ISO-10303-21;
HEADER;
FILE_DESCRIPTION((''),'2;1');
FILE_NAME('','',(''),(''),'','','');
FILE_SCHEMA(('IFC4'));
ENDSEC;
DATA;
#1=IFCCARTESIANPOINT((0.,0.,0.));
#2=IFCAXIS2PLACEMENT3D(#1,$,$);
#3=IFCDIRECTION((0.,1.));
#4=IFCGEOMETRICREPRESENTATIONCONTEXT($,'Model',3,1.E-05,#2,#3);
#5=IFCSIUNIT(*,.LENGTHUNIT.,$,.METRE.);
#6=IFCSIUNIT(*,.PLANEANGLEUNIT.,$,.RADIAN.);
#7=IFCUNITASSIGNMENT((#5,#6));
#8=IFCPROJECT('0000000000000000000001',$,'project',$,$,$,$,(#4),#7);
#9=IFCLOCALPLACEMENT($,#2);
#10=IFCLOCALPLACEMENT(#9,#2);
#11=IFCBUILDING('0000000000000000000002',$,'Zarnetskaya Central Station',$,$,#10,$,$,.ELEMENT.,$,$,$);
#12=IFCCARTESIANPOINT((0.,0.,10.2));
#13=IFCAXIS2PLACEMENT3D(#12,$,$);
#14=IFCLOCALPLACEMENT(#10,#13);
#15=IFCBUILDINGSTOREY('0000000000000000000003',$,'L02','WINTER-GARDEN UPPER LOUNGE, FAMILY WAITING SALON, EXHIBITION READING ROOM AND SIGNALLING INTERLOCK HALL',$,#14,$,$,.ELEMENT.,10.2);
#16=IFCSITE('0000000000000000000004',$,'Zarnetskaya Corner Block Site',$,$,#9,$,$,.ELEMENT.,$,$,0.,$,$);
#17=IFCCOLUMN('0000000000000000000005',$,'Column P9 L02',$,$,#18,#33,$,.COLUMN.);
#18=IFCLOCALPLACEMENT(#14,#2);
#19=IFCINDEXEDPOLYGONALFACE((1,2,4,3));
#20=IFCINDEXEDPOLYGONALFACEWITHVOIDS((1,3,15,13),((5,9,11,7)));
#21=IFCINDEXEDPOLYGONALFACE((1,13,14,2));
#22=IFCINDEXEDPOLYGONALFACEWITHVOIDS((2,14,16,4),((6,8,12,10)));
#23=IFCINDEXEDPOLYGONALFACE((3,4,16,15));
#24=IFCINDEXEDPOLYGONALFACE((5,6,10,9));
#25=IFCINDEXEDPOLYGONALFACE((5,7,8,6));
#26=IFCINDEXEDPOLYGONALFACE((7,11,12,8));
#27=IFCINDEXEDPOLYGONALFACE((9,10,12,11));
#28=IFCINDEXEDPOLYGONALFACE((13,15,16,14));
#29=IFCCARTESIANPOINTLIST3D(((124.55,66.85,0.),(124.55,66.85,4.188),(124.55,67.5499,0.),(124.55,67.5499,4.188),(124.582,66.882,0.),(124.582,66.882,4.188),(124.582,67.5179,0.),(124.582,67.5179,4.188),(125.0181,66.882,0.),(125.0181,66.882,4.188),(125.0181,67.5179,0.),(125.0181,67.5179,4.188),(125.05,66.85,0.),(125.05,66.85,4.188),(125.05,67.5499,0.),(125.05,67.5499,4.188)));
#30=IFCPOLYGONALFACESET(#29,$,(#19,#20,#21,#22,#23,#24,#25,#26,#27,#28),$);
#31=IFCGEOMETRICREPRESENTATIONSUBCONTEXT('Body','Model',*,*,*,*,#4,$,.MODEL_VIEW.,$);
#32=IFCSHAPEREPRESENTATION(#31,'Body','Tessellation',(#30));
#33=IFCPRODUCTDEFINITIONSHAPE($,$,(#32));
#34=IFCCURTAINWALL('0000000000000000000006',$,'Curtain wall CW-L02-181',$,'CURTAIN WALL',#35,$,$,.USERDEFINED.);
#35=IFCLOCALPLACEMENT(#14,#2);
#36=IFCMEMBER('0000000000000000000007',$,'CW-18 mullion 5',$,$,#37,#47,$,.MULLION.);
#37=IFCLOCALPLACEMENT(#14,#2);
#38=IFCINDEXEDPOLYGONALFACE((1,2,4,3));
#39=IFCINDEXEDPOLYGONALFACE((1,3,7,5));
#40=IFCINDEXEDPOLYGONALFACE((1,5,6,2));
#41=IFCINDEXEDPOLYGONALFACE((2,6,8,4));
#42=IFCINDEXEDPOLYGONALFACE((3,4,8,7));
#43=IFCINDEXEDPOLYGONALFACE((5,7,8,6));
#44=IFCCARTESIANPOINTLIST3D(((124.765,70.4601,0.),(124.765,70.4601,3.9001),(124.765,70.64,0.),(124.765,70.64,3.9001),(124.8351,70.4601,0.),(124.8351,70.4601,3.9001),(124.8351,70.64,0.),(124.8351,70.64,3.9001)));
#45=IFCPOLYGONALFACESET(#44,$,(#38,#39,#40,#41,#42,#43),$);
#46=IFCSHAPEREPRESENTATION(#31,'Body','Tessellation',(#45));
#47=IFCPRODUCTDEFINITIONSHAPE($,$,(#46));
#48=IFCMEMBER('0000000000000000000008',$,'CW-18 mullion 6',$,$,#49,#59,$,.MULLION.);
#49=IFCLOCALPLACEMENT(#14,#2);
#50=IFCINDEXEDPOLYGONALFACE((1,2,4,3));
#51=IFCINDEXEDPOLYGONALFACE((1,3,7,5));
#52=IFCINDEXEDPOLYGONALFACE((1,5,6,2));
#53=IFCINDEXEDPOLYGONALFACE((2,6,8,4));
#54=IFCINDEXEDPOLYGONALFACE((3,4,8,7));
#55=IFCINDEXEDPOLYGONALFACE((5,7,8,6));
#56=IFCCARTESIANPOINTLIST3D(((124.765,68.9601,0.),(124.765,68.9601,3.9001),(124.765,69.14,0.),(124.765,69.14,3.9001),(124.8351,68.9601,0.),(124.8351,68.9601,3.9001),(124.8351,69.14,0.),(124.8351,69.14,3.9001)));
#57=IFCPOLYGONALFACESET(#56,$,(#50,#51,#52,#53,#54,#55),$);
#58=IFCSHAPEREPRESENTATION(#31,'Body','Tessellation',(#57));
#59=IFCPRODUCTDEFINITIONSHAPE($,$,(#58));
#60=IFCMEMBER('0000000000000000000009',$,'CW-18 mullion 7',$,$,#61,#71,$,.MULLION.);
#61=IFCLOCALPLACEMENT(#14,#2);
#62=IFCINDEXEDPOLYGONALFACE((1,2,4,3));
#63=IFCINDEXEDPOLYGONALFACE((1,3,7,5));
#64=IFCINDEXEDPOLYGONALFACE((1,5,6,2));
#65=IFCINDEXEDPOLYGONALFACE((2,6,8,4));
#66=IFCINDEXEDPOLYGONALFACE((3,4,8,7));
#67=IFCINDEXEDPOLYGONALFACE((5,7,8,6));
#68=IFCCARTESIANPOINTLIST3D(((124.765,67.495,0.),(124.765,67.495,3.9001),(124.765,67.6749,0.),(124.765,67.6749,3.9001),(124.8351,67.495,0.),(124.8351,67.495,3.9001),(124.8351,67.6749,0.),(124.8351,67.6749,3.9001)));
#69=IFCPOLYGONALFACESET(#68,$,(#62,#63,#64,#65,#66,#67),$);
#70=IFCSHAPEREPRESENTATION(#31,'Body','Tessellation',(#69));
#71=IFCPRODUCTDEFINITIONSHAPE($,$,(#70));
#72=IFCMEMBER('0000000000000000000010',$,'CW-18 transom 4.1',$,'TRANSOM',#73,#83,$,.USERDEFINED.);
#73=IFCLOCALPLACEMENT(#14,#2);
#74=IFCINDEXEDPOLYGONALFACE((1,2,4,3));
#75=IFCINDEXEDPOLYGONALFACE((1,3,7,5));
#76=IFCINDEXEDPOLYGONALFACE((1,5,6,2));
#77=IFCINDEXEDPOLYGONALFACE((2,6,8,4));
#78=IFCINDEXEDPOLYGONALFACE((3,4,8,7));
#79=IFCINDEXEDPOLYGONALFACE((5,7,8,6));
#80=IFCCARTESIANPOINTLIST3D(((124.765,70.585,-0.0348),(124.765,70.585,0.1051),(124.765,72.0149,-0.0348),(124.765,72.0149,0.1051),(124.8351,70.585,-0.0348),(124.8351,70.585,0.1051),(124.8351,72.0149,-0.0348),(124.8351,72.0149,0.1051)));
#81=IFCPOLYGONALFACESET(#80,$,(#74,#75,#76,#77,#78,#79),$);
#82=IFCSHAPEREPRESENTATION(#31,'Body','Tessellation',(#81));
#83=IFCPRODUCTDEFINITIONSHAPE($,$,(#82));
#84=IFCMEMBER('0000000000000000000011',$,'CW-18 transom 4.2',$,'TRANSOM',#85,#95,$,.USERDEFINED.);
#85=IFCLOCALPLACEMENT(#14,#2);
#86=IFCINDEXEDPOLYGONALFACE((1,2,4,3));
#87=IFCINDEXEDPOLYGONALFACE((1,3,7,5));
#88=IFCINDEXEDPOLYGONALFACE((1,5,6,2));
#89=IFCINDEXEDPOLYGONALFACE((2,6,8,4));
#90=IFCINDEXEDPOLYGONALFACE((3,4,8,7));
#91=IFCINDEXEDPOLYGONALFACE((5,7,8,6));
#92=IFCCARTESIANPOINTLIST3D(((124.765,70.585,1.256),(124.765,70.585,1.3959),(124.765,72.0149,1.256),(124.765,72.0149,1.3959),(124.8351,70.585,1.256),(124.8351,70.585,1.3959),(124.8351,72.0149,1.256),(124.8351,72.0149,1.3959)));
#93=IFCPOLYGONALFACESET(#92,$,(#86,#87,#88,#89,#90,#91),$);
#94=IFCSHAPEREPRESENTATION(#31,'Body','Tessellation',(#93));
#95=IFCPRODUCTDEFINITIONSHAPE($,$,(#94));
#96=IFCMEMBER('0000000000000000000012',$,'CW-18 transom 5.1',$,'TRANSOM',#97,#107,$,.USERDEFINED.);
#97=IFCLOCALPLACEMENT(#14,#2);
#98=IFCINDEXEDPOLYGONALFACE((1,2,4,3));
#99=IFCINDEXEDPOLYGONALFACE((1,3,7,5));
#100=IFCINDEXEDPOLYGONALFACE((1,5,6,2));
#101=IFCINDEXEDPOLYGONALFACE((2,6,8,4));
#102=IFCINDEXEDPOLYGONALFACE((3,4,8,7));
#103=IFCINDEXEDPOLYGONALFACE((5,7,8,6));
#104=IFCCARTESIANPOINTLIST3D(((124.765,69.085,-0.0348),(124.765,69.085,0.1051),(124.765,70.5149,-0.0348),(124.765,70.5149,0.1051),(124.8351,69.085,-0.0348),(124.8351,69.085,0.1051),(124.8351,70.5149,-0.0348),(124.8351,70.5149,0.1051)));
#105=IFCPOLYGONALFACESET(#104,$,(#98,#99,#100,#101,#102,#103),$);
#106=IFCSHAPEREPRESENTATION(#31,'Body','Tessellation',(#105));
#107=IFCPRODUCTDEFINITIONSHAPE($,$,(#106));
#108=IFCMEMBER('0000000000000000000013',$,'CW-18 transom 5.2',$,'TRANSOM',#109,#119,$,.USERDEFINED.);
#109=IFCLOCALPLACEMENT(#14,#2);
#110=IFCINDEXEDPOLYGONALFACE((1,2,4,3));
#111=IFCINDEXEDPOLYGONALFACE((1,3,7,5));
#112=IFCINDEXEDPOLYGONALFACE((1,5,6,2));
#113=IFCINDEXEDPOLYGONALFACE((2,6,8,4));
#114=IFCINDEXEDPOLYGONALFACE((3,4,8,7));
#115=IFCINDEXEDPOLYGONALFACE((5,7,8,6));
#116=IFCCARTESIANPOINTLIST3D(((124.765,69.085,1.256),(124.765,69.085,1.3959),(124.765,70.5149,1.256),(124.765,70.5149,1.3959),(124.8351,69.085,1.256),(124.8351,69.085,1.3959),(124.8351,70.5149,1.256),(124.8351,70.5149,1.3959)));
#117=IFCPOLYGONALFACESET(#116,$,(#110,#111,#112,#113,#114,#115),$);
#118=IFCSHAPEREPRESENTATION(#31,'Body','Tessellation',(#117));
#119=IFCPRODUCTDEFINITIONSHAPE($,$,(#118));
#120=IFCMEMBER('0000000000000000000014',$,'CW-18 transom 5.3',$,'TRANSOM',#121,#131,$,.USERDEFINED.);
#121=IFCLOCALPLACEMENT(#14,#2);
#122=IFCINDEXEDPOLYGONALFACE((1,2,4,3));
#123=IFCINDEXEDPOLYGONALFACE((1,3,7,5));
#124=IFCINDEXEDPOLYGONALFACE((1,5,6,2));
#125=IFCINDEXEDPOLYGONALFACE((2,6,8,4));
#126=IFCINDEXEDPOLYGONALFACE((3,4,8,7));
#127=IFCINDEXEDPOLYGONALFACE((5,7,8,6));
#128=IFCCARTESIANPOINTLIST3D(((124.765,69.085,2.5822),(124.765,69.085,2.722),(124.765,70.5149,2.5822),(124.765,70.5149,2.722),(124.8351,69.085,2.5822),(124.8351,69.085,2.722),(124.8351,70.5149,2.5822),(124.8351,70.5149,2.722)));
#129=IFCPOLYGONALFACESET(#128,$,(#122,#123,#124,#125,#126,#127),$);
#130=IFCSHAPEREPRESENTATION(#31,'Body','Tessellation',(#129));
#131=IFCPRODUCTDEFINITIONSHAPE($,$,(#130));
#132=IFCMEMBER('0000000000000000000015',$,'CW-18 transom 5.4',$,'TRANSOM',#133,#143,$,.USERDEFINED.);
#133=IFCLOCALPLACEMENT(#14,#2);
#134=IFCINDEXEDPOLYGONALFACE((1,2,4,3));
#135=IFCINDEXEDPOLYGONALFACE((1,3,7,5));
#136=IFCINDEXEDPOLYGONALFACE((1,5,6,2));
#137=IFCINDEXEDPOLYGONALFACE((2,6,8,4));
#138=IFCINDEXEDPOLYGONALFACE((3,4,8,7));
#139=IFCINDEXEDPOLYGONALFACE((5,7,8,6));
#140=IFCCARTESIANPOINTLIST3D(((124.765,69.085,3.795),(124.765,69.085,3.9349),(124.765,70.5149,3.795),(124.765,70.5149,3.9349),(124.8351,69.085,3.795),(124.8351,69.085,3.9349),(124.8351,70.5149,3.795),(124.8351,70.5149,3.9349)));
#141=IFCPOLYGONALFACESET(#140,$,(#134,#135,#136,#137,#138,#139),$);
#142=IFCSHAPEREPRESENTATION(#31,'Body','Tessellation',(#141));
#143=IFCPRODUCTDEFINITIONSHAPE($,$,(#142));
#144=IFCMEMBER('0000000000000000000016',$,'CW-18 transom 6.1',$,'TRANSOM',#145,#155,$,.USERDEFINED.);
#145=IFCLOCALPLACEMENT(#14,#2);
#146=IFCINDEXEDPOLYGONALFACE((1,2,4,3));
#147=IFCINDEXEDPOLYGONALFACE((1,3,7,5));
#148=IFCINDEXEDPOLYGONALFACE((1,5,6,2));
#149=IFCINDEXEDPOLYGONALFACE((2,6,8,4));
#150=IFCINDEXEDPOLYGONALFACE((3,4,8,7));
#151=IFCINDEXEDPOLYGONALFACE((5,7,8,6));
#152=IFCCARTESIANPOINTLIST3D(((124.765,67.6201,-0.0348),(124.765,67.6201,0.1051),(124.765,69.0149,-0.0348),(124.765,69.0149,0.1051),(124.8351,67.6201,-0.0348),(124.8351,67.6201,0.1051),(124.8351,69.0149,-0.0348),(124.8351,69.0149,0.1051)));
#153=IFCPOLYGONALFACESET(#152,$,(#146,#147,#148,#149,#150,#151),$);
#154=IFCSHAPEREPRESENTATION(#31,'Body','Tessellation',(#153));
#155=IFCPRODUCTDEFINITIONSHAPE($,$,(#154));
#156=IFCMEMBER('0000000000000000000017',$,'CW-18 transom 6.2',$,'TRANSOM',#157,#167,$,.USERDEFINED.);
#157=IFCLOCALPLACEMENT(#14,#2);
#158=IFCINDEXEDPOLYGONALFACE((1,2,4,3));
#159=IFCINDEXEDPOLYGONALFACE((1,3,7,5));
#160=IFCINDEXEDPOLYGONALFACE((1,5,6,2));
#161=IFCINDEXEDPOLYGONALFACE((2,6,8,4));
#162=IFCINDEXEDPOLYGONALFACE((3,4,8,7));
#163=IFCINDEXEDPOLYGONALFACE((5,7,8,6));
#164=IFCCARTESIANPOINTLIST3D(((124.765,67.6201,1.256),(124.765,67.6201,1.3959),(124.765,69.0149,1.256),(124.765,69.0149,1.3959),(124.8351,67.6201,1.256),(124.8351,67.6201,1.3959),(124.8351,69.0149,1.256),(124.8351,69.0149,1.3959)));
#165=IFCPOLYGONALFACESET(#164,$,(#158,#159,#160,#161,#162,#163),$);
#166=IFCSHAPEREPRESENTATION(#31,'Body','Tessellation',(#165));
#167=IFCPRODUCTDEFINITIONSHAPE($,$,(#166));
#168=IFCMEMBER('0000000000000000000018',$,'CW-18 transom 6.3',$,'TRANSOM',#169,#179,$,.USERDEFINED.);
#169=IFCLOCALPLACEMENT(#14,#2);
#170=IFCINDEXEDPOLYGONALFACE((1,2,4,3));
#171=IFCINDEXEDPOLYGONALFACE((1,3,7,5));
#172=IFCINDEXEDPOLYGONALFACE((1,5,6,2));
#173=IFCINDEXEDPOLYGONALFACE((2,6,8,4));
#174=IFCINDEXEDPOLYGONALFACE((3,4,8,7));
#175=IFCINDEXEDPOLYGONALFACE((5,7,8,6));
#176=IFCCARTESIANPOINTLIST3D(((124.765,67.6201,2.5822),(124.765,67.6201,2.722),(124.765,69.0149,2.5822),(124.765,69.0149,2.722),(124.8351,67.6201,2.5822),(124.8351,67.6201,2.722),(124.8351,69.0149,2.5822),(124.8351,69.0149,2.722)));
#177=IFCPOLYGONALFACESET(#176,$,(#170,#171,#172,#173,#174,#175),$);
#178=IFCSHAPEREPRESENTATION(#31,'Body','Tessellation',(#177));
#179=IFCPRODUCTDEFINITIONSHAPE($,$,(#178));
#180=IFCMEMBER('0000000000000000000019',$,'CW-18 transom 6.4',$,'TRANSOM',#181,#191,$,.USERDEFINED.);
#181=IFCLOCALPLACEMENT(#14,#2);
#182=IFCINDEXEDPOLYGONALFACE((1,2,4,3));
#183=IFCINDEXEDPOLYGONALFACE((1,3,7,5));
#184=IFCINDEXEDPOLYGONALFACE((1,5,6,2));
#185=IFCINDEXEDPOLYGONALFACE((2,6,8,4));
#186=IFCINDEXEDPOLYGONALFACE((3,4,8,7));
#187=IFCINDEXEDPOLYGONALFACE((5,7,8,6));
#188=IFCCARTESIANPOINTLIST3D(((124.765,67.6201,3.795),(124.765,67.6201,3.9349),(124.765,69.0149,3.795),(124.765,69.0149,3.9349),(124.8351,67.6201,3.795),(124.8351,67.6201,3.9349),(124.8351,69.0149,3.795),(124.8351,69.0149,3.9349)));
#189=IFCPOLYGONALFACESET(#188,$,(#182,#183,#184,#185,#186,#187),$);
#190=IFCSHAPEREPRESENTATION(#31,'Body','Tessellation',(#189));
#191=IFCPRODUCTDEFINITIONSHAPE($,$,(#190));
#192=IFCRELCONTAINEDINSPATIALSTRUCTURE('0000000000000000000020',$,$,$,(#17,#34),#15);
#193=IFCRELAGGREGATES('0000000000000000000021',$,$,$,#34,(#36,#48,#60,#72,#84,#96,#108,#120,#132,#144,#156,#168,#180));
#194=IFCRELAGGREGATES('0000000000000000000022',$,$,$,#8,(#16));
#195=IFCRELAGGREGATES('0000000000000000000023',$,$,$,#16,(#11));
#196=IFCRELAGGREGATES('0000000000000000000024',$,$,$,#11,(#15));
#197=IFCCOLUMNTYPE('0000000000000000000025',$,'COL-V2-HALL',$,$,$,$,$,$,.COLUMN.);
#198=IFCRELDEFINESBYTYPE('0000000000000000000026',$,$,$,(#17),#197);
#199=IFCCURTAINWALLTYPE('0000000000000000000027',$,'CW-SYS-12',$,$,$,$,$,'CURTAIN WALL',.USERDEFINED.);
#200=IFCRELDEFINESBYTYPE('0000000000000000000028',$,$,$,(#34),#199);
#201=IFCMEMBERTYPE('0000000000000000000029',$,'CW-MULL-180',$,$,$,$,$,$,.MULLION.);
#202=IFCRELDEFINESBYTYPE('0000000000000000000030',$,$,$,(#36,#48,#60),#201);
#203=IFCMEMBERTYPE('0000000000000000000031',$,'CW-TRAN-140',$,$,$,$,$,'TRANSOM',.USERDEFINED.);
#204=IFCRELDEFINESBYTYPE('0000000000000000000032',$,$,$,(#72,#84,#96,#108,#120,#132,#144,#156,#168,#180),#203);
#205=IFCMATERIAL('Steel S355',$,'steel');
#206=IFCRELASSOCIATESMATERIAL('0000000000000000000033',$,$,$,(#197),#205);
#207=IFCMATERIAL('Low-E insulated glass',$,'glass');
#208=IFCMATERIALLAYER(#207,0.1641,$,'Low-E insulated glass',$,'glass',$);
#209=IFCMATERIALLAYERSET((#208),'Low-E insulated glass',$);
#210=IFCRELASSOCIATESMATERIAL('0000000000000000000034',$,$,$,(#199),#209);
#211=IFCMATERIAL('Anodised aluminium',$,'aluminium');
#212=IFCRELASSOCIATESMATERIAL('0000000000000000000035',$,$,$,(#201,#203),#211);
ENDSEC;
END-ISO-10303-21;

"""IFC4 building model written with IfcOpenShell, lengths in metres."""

from ifc_helpers import new_model, si_unit, direction, frame, origin, origin_2d, place, context, subcontext, project, spatial, rectangle, hollow_rectangle, extrude, material, layer, layer_set, material_profile, profile_set, type_object, element, aggregate, save


model = new_model("IFC4")

# Units and contexts
model_context = context("Model", 3, precision=1e-05, world=origin(), true_north=direction((0.0, 1.0)))
body_context = subcontext(model_context, "Body", "Model", "MODEL_VIEW")
ifc_project = project(units=[si_unit("LENGTHUNIT", "METRE"), si_unit("PLANEANGLEUNIT", "RADIAN")], contexts=[model_context])

# Site, building, storey
site_placement = place(None, origin())
site = spatial("IfcSite", under=ifc_project, at=site_placement, Name="Zarnetskaya Corner Block Site", CompositionType="ELEMENT", RefElevation=0.0)
building_placement = place(site_placement, origin())
building = spatial("IfcBuilding", under=site, at=building_placement, Name="Zarnetskaya Central Station", CompositionType="ELEMENT")
storey_placement = place(building_placement, frame((0.0, 0.0, 10.2)))
storey = spatial("IfcBuildingStorey", under=building, at=storey_placement, Name="L02", Description="WINTER-GARDEN UPPER LOUNGE, FAMILY WAITING SALON, EXHIBITION READING ROOM AND SIGNALLING INTERLOCK HALL", CompositionType="ELEMENT", Elevation=10.2)

# Column
ifc_material_1 = material(Name="Steel S355", Category="steel")
ifc_material_profile_1 = material_profile(ifc_material_1, hollow_rectangle(XDim=0.5, YDim=0.7, WallThickness=0.032, at=origin_2d()), Name="BOX 700x500x32")
ifc_profile_set_1 = profile_set([ifc_material_profile_1], Name="Steel S355")
column_type = type_object("IfcColumnType", Name="COL-V2-HALL", PredefinedType="COLUMN", material=ifc_profile_set_1)
column_placement = place(storey_placement, frame((124.8, 67.2, 0.0), z_axis=(0.0, 0.0, 1.0), x_axis=(1.0, 0.0, 0.0)))
element("IfcColumn", 1, at=column_placement, inside=storey, type_object=column_type, Name="Column P9 L02", PredefinedType="COLUMN", context=body_context, shape_type="SweptSolid", body=[
    extrude(hollow_rectangle(XDim=0.5, YDim=0.7, WallThickness=0.032, at=origin_2d()), origin(), (0.0, 0.0, 1.0), 4.188),
])

# Curtain wall, members
ifc_material_2 = material(Name="Low-E insulated glass", Category="glass")
ifc_layer_1 = layer(ifc_material_2, 0.1641, Name="Low-E insulated glass", Category="glass")
ifc_layer_set_1 = layer_set([ifc_layer_1], Name="Low-E insulated glass")
curtain_wall_type = type_object("IfcCurtainWallType", Name="CW-SYS-12", ElementType="CURTAIN WALL", PredefinedType="USERDEFINED", material=ifc_layer_set_1)
curtain_wall_placement = place(storey_placement, origin())
curtain_wall = element("IfcCurtainWall", 2, at=curtain_wall_placement, inside=storey, type_object=curtain_wall_type, Name="Curtain wall CW-L02-181", ObjectType="CURTAIN WALL", PredefinedType="USERDEFINED")
ifc_material_3 = material(Name="Anodised aluminium", Category="aluminium")
ifc_material_profile_2 = material_profile(ifc_material_3, rectangle(XDim=0.0701, YDim=0.1799, at=origin_2d()), Name="ALU MULL 70x180")
ifc_profile_set_2 = profile_set([ifc_material_profile_2], Name="Anodised aluminium")
member_type_1 = type_object("IfcMemberType", Name="CW-MULL-180", PredefinedType="MULLION", material=ifc_profile_set_2)
member_1_placement = place(storey_placement, frame((124.8, 70.55, 0.0), z_axis=(0.0, 0.0, 1.0), x_axis=(1.0, 0.0, 0.0)))
member_1 = element("IfcMember", 3, at=member_1_placement, type_object=member_type_1, Name="CW-18 mullion 5", PredefinedType="MULLION", context=body_context, shape_type="SweptSolid", body=[
    extrude(rectangle(XDim=0.0701, YDim=0.1799, at=origin_2d()), origin(), (0.0, 0.0, 1.0), 3.9001),
])
member_2_placement = place(storey_placement, frame((124.8, 69.05, 0.0), z_axis=(0.0, 0.0, 1.0), x_axis=(1.0, 0.0, 0.0)))
member_2 = element("IfcMember", 4, at=member_2_placement, type_object=member_type_1, Name="CW-18 mullion 6", PredefinedType="MULLION", context=body_context, shape_type="SweptSolid", body=[
    extrude(rectangle(XDim=0.0701, YDim=0.1799, at=origin_2d()), origin(), (0.0, 0.0, 1.0), 3.9001),
])
member_3_placement = place(storey_placement, frame((124.8, 67.585, 0.0), z_axis=(0.0, 0.0, 1.0), x_axis=(1.0, 0.0, 0.0)))
member_3 = element("IfcMember", 5, at=member_3_placement, type_object=member_type_1, Name="CW-18 mullion 7", PredefinedType="MULLION", context=body_context, shape_type="SweptSolid", body=[
    extrude(rectangle(XDim=0.0701, YDim=0.1799, at=origin_2d()), origin(), (0.0, 0.0, 1.0), 3.9001),
])
ifc_material_profile_3 = material_profile(ifc_material_3, rectangle(XDim=0.0701, YDim=0.1399, at=origin_2d()), Name="ALU TRAN 70x140")
ifc_profile_set_3 = profile_set([ifc_material_profile_3], Name="Anodised aluminium")
member_type_2 = type_object("IfcMemberType", Name="CW-TRAN-140", ElementType="TRANSOM", PredefinedType="USERDEFINED", material=ifc_profile_set_3)
member_4_placement = place(storey_placement, frame((124.8, 72.0149, 0.0352), z_axis=(0.0, -1.0, 0.0), x_axis=(1.0, 0.0, 0.0)))
member_4 = element("IfcMember", 6, at=member_4_placement, type_object=member_type_2, Name="CW-18 transom 4.1", ObjectType="TRANSOM", PredefinedType="USERDEFINED", context=body_context, shape_type="SweptSolid", body=[
    extrude(rectangle(XDim=0.0701, YDim=0.1399, at=origin_2d()), origin(), (0.0, 0.0, 1.0), 1.4299),
])
member_5_placement = place(storey_placement, frame((124.8, 72.0149, 1.3259), z_axis=(0.0, -1.0, 0.0), x_axis=(1.0, 0.0, 0.0)))
member_5 = element("IfcMember", 7, at=member_5_placement, type_object=member_type_2, Name="CW-18 transom 4.2", ObjectType="TRANSOM", PredefinedType="USERDEFINED", context=body_context, shape_type="SweptSolid", body=[
    extrude(rectangle(XDim=0.0701, YDim=0.1399, at=origin_2d()), origin(), (0.0, 0.0, 1.0), 1.4299),
])
member_6_placement = place(storey_placement, frame((124.8, 70.5149, 0.0352), z_axis=(0.0, -1.0, 0.0), x_axis=(1.0, 0.0, 0.0)))
member_6 = element("IfcMember", 8, at=member_6_placement, type_object=member_type_2, Name="CW-18 transom 5.1", ObjectType="TRANSOM", PredefinedType="USERDEFINED", context=body_context, shape_type="SweptSolid", body=[
    extrude(rectangle(XDim=0.0701, YDim=0.1399, at=origin_2d()), origin(), (0.0, 0.0, 1.0), 1.4299),
])
member_7_placement = place(storey_placement, frame((124.8, 70.5149, 1.3259), z_axis=(0.0, -1.0, 0.0), x_axis=(1.0, 0.0, 0.0)))
member_7 = element("IfcMember", 9, at=member_7_placement, type_object=member_type_2, Name="CW-18 transom 5.2", ObjectType="TRANSOM", PredefinedType="USERDEFINED", context=body_context, shape_type="SweptSolid", body=[
    extrude(rectangle(XDim=0.0701, YDim=0.1399, at=origin_2d()), origin(), (0.0, 0.0, 1.0), 1.4299),
])
member_8_placement = place(storey_placement, frame((124.8, 70.5149, 2.6521), z_axis=(0.0, -1.0, 0.0), x_axis=(1.0, 0.0, 0.0)))
member_8 = element("IfcMember", 10, at=member_8_placement, type_object=member_type_2, Name="CW-18 transom 5.3", ObjectType="TRANSOM", PredefinedType="USERDEFINED", context=body_context, shape_type="SweptSolid", body=[
    extrude(rectangle(XDim=0.0701, YDim=0.1399, at=origin_2d()), origin(), (0.0, 0.0, 1.0), 1.4299),
])
member_9_placement = place(storey_placement, frame((124.8, 70.5149, 3.865), z_axis=(0.0, -1.0, 0.0), x_axis=(1.0, 0.0, 0.0)))
member_9 = element("IfcMember", 11, at=member_9_placement, type_object=member_type_2, Name="CW-18 transom 5.4", ObjectType="TRANSOM", PredefinedType="USERDEFINED", context=body_context, shape_type="SweptSolid", body=[
    extrude(rectangle(XDim=0.0701, YDim=0.1399, at=origin_2d()), origin(), (0.0, 0.0, 1.0), 1.4299),
])
member_10_placement = place(storey_placement, frame((124.8, 69.0149, 0.0352), z_axis=(0.0, -1.0, 0.0), x_axis=(1.0, 0.0, 0.0)))
member_10 = element("IfcMember", 12, at=member_10_placement, type_object=member_type_2, Name="CW-18 transom 6.1", ObjectType="TRANSOM", PredefinedType="USERDEFINED", context=body_context, shape_type="SweptSolid", body=[
    extrude(rectangle(XDim=0.0701, YDim=0.1399, at=origin_2d()), origin(), (0.0, 0.0, 1.0), 1.3948),
])
member_11_placement = place(storey_placement, frame((124.8, 69.0149, 1.3259), z_axis=(0.0, -1.0, 0.0), x_axis=(1.0, 0.0, 0.0)))
member_11 = element("IfcMember", 13, at=member_11_placement, type_object=member_type_2, Name="CW-18 transom 6.2", ObjectType="TRANSOM", PredefinedType="USERDEFINED", context=body_context, shape_type="SweptSolid", body=[
    extrude(rectangle(XDim=0.0701, YDim=0.1399, at=origin_2d()), origin(), (0.0, 0.0, 1.0), 1.3948),
])
member_12_placement = place(storey_placement, frame((124.8, 69.0149, 2.6521), z_axis=(0.0, -1.0, 0.0), x_axis=(1.0, 0.0, 0.0)))
member_12 = element("IfcMember", 14, at=member_12_placement, type_object=member_type_2, Name="CW-18 transom 6.3", ObjectType="TRANSOM", PredefinedType="USERDEFINED", context=body_context, shape_type="SweptSolid", body=[
    extrude(rectangle(XDim=0.0701, YDim=0.1399, at=origin_2d()), origin(), (0.0, 0.0, 1.0), 1.3948),
])
member_13_placement = place(storey_placement, frame((124.8, 69.0149, 3.865), z_axis=(0.0, -1.0, 0.0), x_axis=(1.0, 0.0, 0.0)))
member_13 = element("IfcMember", 15, at=member_13_placement, type_object=member_type_2, Name="CW-18 transom 6.4", ObjectType="TRANSOM", PredefinedType="USERDEFINED", context=body_context, shape_type="SweptSolid", body=[
    extrude(rectangle(XDim=0.0701, YDim=0.1399, at=origin_2d()), origin(), (0.0, 0.0, 1.0), 1.3948),
])
aggregate(curtain_wall, [member_1, member_2, member_3, member_4, member_5, member_6, member_7, member_8, member_9, member_10, member_11, member_12, member_13])

save(model, "model.ifc")
